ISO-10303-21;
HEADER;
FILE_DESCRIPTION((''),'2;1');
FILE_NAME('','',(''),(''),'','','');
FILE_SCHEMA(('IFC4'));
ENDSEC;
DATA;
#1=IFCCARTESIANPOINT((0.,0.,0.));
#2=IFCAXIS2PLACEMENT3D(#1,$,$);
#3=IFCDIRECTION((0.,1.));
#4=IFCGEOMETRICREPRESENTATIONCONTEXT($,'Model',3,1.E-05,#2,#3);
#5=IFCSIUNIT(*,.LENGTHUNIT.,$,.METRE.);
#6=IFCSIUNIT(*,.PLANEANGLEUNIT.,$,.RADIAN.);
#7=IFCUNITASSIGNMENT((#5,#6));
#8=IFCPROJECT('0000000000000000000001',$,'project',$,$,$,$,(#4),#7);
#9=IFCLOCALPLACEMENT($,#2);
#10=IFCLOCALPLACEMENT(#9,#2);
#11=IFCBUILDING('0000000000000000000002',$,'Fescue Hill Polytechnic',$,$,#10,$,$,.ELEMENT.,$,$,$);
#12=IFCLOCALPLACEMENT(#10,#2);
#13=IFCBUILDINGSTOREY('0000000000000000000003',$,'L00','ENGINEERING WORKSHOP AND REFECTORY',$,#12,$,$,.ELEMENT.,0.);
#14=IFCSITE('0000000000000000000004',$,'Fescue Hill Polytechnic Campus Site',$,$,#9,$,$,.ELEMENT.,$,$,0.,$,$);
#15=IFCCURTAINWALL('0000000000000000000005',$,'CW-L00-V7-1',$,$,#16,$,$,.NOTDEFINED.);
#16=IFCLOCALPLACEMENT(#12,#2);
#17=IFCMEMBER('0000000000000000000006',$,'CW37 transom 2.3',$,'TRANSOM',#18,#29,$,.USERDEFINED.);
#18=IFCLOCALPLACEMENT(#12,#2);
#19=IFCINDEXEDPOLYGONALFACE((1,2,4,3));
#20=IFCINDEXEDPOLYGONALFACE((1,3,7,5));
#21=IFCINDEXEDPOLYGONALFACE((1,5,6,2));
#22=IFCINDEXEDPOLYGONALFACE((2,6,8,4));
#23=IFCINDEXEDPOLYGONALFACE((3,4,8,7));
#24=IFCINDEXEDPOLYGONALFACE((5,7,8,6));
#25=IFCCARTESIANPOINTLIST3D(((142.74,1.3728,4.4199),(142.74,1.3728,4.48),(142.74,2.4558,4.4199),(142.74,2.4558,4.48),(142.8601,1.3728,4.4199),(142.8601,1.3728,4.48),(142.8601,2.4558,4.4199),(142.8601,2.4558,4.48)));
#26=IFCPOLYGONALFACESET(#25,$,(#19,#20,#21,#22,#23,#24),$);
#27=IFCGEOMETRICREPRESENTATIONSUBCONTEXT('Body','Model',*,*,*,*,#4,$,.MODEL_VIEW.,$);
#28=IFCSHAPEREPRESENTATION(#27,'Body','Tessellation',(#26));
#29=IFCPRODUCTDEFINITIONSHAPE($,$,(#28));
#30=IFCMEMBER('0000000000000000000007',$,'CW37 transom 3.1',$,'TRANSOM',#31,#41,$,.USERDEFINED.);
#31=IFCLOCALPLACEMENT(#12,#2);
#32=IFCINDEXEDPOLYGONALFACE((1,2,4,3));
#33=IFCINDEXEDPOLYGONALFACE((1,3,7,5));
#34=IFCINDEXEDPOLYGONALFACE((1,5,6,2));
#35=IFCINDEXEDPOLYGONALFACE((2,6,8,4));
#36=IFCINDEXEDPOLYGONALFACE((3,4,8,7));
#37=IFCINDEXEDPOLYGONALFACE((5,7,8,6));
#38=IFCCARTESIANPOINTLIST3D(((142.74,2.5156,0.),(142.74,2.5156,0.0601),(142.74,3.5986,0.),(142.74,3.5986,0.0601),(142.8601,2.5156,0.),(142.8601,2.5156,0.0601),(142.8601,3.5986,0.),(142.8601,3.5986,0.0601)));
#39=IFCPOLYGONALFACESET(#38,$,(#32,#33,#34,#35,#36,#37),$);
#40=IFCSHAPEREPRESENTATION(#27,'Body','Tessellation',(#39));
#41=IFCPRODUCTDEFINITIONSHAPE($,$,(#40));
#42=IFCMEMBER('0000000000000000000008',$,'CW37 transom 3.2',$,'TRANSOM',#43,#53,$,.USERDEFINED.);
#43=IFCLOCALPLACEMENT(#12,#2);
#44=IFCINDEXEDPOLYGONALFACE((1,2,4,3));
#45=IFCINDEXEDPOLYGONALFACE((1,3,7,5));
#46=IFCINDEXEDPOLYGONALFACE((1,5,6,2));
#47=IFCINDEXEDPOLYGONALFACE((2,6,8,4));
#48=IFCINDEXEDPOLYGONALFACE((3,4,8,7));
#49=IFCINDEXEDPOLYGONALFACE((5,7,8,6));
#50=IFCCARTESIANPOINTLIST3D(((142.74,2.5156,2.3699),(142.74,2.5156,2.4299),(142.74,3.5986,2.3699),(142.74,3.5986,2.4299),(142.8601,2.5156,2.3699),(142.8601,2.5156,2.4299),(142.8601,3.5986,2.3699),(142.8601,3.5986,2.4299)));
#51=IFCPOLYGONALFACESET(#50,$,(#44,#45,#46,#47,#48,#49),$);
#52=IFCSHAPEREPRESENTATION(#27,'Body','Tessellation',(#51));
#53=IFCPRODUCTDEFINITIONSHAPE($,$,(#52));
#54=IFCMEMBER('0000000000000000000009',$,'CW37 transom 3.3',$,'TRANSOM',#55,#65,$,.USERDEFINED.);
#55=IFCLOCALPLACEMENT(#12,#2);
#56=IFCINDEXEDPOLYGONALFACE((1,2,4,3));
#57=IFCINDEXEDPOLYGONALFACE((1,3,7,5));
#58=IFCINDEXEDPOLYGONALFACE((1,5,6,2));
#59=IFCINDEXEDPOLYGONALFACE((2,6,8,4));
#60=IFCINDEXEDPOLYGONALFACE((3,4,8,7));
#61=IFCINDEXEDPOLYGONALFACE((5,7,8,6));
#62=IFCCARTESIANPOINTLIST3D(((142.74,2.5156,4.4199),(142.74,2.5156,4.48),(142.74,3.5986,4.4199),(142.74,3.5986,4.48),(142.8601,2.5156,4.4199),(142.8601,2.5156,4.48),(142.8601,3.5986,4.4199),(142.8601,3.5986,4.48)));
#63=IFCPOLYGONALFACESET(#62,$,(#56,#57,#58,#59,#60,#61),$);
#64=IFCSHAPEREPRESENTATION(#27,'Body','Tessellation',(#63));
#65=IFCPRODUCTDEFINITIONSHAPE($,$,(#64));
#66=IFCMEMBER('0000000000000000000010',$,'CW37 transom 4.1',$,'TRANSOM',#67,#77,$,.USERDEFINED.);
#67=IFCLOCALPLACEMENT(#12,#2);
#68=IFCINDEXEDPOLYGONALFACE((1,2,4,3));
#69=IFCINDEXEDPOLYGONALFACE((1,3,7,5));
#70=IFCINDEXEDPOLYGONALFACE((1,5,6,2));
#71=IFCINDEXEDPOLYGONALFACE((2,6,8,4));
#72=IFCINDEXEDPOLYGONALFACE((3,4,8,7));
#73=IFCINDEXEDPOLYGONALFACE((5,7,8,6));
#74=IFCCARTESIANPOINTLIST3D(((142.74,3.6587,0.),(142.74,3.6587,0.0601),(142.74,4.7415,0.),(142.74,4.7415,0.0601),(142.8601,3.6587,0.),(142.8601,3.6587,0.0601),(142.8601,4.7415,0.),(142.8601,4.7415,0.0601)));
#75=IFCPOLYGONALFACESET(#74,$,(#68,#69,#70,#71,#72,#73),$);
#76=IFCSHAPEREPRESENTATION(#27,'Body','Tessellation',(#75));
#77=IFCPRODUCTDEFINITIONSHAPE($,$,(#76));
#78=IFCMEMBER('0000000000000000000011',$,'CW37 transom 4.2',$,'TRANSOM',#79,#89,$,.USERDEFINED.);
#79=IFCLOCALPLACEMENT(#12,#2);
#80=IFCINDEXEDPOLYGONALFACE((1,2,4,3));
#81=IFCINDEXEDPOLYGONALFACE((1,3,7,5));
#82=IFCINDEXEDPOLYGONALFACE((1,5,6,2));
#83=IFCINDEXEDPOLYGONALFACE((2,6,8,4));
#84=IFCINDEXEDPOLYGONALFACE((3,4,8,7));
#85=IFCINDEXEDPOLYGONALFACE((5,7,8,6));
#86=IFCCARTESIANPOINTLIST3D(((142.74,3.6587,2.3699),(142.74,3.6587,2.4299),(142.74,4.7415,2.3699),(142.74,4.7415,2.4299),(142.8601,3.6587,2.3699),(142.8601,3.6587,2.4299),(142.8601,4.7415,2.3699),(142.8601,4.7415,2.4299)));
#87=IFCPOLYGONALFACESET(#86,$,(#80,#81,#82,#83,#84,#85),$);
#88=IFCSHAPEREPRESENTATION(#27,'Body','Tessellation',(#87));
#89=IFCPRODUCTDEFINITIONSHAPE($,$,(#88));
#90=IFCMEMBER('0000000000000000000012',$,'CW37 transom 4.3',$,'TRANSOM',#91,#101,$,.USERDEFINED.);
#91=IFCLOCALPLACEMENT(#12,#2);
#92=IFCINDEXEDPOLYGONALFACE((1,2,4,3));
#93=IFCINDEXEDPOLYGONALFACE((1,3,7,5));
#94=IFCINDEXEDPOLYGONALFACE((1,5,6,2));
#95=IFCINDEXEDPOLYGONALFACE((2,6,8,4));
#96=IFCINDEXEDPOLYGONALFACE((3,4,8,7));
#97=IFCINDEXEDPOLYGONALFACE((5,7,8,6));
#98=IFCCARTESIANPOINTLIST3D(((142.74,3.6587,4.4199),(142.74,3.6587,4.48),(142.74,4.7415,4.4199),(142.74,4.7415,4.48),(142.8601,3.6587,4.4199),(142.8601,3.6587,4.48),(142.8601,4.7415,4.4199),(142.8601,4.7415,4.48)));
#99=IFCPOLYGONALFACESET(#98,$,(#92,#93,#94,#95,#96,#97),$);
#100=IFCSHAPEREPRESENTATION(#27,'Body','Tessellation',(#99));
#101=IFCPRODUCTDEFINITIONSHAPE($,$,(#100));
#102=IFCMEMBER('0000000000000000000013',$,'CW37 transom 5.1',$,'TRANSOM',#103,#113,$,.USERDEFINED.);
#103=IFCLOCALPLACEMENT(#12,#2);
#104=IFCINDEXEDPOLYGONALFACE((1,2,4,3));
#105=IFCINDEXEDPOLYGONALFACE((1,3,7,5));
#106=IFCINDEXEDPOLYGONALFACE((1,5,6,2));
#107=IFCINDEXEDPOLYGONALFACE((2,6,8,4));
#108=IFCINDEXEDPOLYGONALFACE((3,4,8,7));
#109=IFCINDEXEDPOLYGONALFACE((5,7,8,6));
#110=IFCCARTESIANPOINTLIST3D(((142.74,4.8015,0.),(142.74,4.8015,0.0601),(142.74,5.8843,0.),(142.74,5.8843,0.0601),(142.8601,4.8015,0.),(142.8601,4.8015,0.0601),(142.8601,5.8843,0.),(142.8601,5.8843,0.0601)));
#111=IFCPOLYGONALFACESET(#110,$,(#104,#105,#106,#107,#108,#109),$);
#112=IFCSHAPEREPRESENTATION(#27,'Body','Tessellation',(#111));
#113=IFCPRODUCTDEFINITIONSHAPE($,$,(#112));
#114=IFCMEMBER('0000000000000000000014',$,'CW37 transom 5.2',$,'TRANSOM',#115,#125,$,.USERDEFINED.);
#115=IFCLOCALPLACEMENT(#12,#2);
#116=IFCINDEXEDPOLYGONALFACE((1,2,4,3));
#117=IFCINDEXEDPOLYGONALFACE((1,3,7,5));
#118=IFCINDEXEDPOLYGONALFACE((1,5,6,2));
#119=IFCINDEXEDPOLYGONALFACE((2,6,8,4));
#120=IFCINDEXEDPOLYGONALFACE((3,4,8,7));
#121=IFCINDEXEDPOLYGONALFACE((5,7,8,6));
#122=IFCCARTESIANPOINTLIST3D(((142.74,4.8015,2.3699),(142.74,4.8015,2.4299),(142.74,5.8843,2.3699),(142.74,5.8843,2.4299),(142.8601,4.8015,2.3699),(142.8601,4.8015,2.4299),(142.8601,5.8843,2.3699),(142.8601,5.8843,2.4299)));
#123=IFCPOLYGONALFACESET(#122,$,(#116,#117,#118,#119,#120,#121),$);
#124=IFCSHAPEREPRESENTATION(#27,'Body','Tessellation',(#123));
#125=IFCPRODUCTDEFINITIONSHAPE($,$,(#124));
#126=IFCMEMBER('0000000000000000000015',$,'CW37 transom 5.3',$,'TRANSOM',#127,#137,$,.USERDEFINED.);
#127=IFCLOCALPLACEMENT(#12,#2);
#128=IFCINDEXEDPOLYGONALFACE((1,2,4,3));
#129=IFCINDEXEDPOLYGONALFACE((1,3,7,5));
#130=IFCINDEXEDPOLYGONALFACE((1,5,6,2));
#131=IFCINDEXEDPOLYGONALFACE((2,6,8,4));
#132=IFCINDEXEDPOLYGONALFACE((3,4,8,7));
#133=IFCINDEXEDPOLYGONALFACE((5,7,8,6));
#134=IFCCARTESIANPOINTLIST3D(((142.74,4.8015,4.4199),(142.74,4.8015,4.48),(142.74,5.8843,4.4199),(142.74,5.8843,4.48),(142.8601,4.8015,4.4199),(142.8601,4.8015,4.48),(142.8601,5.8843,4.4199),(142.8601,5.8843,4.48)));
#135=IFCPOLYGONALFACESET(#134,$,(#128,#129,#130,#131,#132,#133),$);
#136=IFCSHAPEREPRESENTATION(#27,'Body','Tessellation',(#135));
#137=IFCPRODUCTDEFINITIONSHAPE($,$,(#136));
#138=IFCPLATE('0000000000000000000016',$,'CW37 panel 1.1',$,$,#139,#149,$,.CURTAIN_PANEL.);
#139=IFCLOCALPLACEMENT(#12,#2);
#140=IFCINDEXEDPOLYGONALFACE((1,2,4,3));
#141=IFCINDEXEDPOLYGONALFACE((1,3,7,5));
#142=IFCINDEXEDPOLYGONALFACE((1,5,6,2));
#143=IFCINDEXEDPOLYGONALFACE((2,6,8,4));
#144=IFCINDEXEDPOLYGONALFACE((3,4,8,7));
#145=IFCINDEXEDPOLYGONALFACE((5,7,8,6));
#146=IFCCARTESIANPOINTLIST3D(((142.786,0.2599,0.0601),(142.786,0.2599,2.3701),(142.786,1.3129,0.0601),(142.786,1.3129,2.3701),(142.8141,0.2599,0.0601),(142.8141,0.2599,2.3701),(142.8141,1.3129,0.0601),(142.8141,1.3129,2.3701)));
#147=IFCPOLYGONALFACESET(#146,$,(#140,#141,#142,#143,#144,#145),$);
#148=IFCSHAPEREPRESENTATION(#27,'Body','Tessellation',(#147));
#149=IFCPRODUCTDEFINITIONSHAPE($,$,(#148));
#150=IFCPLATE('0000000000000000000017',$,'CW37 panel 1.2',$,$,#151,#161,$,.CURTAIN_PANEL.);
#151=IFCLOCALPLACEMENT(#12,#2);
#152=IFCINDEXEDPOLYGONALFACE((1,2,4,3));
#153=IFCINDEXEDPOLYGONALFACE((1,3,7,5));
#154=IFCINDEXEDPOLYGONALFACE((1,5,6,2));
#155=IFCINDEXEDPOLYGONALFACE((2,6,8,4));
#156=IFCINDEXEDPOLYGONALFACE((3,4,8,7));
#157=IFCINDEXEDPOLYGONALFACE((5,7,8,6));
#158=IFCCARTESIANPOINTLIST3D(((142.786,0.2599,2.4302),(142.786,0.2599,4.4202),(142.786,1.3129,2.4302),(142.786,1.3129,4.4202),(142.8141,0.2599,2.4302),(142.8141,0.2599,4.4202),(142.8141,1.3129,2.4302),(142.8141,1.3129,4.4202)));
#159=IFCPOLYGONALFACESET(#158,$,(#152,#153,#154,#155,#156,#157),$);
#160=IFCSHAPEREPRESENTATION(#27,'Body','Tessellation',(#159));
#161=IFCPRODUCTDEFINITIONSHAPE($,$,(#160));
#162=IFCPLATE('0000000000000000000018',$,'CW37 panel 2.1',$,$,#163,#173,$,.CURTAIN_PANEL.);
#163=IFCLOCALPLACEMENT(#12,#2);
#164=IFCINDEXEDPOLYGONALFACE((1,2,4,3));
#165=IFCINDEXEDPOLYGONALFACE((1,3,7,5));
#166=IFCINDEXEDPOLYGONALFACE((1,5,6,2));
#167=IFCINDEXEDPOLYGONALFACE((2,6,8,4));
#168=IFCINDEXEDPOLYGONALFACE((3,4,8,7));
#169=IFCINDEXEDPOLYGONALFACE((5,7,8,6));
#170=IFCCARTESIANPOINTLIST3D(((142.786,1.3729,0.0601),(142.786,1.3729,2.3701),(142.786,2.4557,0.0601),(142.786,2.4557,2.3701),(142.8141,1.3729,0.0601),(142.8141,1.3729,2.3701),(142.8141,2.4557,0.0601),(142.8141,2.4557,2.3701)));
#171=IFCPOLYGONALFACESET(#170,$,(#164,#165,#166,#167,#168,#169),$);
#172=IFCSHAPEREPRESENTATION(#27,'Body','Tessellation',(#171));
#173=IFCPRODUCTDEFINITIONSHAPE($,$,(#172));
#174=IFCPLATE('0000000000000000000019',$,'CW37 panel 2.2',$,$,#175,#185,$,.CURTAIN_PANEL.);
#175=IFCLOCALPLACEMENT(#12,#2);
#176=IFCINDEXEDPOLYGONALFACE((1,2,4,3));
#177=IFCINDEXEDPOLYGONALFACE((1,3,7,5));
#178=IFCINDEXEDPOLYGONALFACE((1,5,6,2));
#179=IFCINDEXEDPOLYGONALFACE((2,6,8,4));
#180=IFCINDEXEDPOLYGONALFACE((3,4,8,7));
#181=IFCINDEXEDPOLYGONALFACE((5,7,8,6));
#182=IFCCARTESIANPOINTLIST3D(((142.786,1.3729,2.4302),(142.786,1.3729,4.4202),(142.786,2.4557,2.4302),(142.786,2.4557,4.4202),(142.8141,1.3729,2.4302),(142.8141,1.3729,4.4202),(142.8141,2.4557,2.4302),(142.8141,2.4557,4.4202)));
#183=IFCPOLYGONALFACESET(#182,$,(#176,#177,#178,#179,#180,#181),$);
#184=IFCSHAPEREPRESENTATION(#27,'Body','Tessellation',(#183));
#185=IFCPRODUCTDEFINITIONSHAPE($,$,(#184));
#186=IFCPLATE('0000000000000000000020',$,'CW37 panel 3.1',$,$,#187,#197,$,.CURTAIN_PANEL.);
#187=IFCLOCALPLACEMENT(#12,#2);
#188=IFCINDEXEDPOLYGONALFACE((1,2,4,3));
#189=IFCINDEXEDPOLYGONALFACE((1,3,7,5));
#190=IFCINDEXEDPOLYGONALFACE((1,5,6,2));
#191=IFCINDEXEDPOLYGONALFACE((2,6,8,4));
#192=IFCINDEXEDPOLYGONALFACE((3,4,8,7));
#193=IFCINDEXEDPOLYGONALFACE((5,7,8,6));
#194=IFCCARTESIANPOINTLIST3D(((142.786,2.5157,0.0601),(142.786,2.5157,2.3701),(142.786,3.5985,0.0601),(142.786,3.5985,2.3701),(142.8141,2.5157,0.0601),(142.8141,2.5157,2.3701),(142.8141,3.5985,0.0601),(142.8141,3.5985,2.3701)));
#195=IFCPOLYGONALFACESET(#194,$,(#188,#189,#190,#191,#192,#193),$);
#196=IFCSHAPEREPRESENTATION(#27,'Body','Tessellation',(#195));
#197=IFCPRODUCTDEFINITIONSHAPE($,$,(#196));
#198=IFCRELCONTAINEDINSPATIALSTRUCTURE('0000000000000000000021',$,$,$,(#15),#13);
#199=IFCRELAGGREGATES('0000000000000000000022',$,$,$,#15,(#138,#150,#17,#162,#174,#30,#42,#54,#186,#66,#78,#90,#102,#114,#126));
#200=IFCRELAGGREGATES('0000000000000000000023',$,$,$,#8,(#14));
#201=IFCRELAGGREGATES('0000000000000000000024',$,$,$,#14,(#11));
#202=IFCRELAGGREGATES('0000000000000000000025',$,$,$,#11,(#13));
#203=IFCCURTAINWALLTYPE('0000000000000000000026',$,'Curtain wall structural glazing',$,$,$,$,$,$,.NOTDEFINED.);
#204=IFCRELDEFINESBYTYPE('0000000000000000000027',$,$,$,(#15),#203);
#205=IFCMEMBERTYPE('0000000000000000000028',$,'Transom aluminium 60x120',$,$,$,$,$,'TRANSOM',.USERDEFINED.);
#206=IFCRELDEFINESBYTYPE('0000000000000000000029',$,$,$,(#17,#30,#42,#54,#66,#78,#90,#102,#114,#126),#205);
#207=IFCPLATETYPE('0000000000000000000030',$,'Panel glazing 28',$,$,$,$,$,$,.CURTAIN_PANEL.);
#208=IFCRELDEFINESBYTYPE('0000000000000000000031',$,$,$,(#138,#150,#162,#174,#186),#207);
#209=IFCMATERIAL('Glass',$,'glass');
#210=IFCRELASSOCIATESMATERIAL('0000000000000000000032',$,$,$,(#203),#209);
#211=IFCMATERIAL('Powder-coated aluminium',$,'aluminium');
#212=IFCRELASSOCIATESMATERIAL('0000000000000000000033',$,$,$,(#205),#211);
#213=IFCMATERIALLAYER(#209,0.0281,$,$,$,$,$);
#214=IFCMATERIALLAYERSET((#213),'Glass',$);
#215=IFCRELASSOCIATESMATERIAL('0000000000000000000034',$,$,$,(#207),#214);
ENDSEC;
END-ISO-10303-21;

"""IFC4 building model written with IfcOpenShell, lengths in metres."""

from ifc_helpers import new_model, si_unit, direction, frame, origin, origin_2d, place, context, subcontext, project, spatial, rectangle, extrude, material, layer, layer_set, material_profile, profile_set, type_object, element, aggregate, save


model = new_model("IFC4")

# Units and contexts
model_context = context("Model", 3, precision=1e-05, world=origin(), true_north=direction((0.0, 1.0)))
body_context = subcontext(model_context, "Body", "Model", "MODEL_VIEW")
ifc_project = project(units=[si_unit("LENGTHUNIT", "METRE"), si_unit("PLANEANGLEUNIT", "RADIAN")], contexts=[model_context])

# Site, building, storey
site_placement = place(None, origin())
site = spatial("IfcSite", under=ifc_project, at=site_placement, Name="Fescue Hill Polytechnic Campus Site", CompositionType="ELEMENT", RefElevation=0.0)
building_placement = place(site_placement, origin())
building = spatial("IfcBuilding", under=site, at=building_placement, Name="Fescue Hill Polytechnic", CompositionType="ELEMENT")
storey_placement = place(building_placement, origin())
storey = spatial("IfcBuildingStorey", under=building, at=storey_placement, Name="L00", Description="ENGINEERING WORKSHOP AND REFECTORY", CompositionType="ELEMENT", Elevation=0.0)

# Curtain wall
ifc_material_1 = material(Name="Glass", Category="glass")
curtain_wall_type_1 = type_object("IfcCurtainWallType", Name="Curtain wall structural glazing", PredefinedType="NOTDEFINED", material=ifc_material_1)
curtain_wall_1_placement = place(storey_placement, origin())
curtain_wall_1 = element("IfcCurtainWall", 1, at=curtain_wall_1_placement, inside=storey, type_object=curtain_wall_type_1, Name="CW-L00-V7-1", PredefinedType="NOTDEFINED")
ifc_material_2 = material(Name="Powder-coated aluminium", Category="aluminium")

# Members
ifc_material_profile_1 = material_profile(ifc_material_2, rectangle(XDim=0.1201, YDim=0.0601, at=origin_2d()), Name="Transom aluminium 60x120")
ifc_profile_set_1 = profile_set([ifc_material_profile_1], Name="Powder-coated aluminium")
member_type_1 = type_object("IfcMemberType", Name="Transom aluminium 60x120", ElementType="TRANSOM", PredefinedType="USERDEFINED", material=ifc_profile_set_1)
member_1_placement = place(storey_placement, frame((142.8, 1.3728, 4.45), z_axis=(0.0, 1.0, 0.0), x_axis=(-1.0, 0.0, 0.0)))
member_1 = element("IfcMember", 2, at=member_1_placement, type_object=member_type_1, Name="CW37 transom 2.3", ObjectType="TRANSOM", PredefinedType="USERDEFINED", context=body_context, shape_type="SweptSolid", body=[
    extrude(rectangle(XDim=0.1201, YDim=0.0601, at=origin_2d()), origin(), (0.0, 0.0, 1.0), 1.083),
])
member_2_placement = place(storey_placement, frame((142.8, 2.5156, 0.03), z_axis=(0.0, 1.0, 0.0), x_axis=(-1.0, 0.0, 0.0)))
member_2 = element("IfcMember", 3, at=member_2_placement, type_object=member_type_1, Name="CW37 transom 3.1", ObjectType="TRANSOM", PredefinedType="USERDEFINED", context=body_context, shape_type="SweptSolid", body=[
    extrude(rectangle(XDim=0.1201, YDim=0.0601, at=origin_2d()), origin(), (0.0, 0.0, 1.0), 1.083),
])
member_3_placement = place(storey_placement, frame((142.8, 2.5156, 2.3999), z_axis=(0.0, 1.0, 0.0), x_axis=(-1.0, 0.0, 0.0)))
member_3 = element("IfcMember", 4, at=member_3_placement, type_object=member_type_1, Name="CW37 transom 3.2", ObjectType="TRANSOM", PredefinedType="USERDEFINED", context=body_context, shape_type="SweptSolid", body=[
    extrude(rectangle(XDim=0.1201, YDim=0.0601, at=origin_2d()), origin(), (0.0, 0.0, 1.0), 1.083),
])
member_4_placement = place(storey_placement, frame((142.8, 2.5156, 4.45), z_axis=(0.0, 1.0, 0.0), x_axis=(-1.0, 0.0, 0.0)))
member_4 = element("IfcMember", 5, at=member_4_placement, type_object=member_type_1, Name="CW37 transom 3.3", ObjectType="TRANSOM", PredefinedType="USERDEFINED", context=body_context, shape_type="SweptSolid", body=[
    extrude(rectangle(XDim=0.1201, YDim=0.0601, at=origin_2d()), origin(), (0.0, 0.0, 1.0), 1.083),
])
member_5_placement = place(storey_placement, frame((142.8, 3.6587, 0.03), z_axis=(0.0, 1.0, 0.0), x_axis=(-1.0, 0.0, 0.0)))
member_5 = element("IfcMember", 6, at=member_5_placement, type_object=member_type_1, Name="CW37 transom 4.1", ObjectType="TRANSOM", PredefinedType="USERDEFINED", context=body_context, shape_type="SweptSolid", body=[
    extrude(rectangle(XDim=0.1201, YDim=0.0601, at=origin_2d()), origin(), (0.0, 0.0, 1.0), 1.0828),
])
member_6_placement = place(storey_placement, frame((142.8, 3.6587, 2.3999), z_axis=(0.0, 1.0, 0.0), x_axis=(-1.0, 0.0, 0.0)))
member_6 = element("IfcMember", 7, at=member_6_placement, type_object=member_type_1, Name="CW37 transom 4.2", ObjectType="TRANSOM", PredefinedType="USERDEFINED", context=body_context, shape_type="SweptSolid", body=[
    extrude(rectangle(XDim=0.1201, YDim=0.0601, at=origin_2d()), origin(), (0.0, 0.0, 1.0), 1.0828),
])
member_7_placement = place(storey_placement, frame((142.8, 3.6587, 4.45), z_axis=(0.0, 1.0, 0.0), x_axis=(-1.0, 0.0, 0.0)))
member_7 = element("IfcMember", 8, at=member_7_placement, type_object=member_type_1, Name="CW37 transom 4.3", ObjectType="TRANSOM", PredefinedType="USERDEFINED", context=body_context, shape_type="SweptSolid", body=[
    extrude(rectangle(XDim=0.1201, YDim=0.0601, at=origin_2d()), origin(), (0.0, 0.0, 1.0), 1.0828),
])
member_8_placement = place(storey_placement, frame((142.8, 4.8015, 0.03), z_axis=(0.0, 1.0, 0.0), x_axis=(-1.0, 0.0, 0.0)))
member_8 = element("IfcMember", 9, at=member_8_placement, type_object=member_type_1, Name="CW37 transom 5.1", ObjectType="TRANSOM", PredefinedType="USERDEFINED", context=body_context, shape_type="SweptSolid", body=[
    extrude(rectangle(XDim=0.1201, YDim=0.0601, at=origin_2d()), origin(), (0.0, 0.0, 1.0), 1.0828),
])
member_9_placement = place(storey_placement, frame((142.8, 4.8015, 2.3999), z_axis=(0.0, 1.0, 0.0), x_axis=(-1.0, 0.0, 0.0)))
member_9 = element("IfcMember", 10, at=member_9_placement, type_object=member_type_1, Name="CW37 transom 5.2", ObjectType="TRANSOM", PredefinedType="USERDEFINED", context=body_context, shape_type="SweptSolid", body=[
    extrude(rectangle(XDim=0.1201, YDim=0.0601, at=origin_2d()), origin(), (0.0, 0.0, 1.0), 1.0828),
])
member_10_placement = place(storey_placement, frame((142.8, 4.8015, 4.45), z_axis=(0.0, 1.0, 0.0), x_axis=(-1.0, 0.0, 0.0)))
member_10 = element("IfcMember", 11, at=member_10_placement, type_object=member_type_1, Name="CW37 transom 5.3", ObjectType="TRANSOM", PredefinedType="USERDEFINED", context=body_context, shape_type="SweptSolid", body=[
    extrude(rectangle(XDim=0.1201, YDim=0.0601, at=origin_2d()), origin(), (0.0, 0.0, 1.0), 1.0828),
])

# Plates
ifc_layer_1 = layer(ifc_material_1, 0.0281)
ifc_layer_set_1 = layer_set([ifc_layer_1], Name="Glass")
plate_type = type_object("IfcPlateType", Name="Panel glazing 28", PredefinedType="CURTAIN_PANEL", material=ifc_layer_set_1)
plate_1_placement = place(storey_placement, frame((142.8, 0.7864, 0.0601), z_axis=(0.0, 0.0, 1.0), x_axis=(0.0, 1.0, 0.0)))
plate_1 = element("IfcPlate", 12, at=plate_1_placement, type_object=plate_type, Name="CW37 panel 1.1", PredefinedType="CURTAIN_PANEL", context=body_context, shape_type="SweptSolid", body=[
    extrude(rectangle(XDim=1.053, YDim=0.0281, at=origin_2d()), origin(), (0.0, 0.0, 1.0), 2.3101),
])
plate_2_placement = place(storey_placement, frame((142.8, 0.7864, 2.4302), z_axis=(0.0, 0.0, 1.0), x_axis=(0.0, 1.0, 0.0)))
plate_2 = element("IfcPlate", 13, at=plate_2_placement, type_object=plate_type, Name="CW37 panel 1.2", PredefinedType="CURTAIN_PANEL", context=body_context, shape_type="SweptSolid", body=[
    extrude(rectangle(XDim=1.053, YDim=0.0281, at=origin_2d()), origin(), (0.0, 0.0, 1.0), 1.99),
])
plate_3_placement = place(storey_placement, frame((142.8, 1.9143, 0.0601), z_axis=(0.0, 0.0, 1.0), x_axis=(0.0, 1.0, 0.0)))
plate_3 = element("IfcPlate", 14, at=plate_3_placement, type_object=plate_type, Name="CW37 panel 2.1", PredefinedType="CURTAIN_PANEL", context=body_context, shape_type="SweptSolid", body=[
    extrude(rectangle(XDim=1.0828, YDim=0.0281, at=origin_2d()), origin(), (0.0, 0.0, 1.0), 2.3101),
])
plate_4_placement = place(storey_placement, frame((142.8, 1.9143, 2.4302), z_axis=(0.0, 0.0, 1.0), x_axis=(0.0, 1.0, 0.0)))
plate_4 = element("IfcPlate", 15, at=plate_4_placement, type_object=plate_type, Name="CW37 panel 2.2", PredefinedType="CURTAIN_PANEL", context=body_context, shape_type="SweptSolid", body=[
    extrude(rectangle(XDim=1.0828, YDim=0.0281, at=origin_2d()), origin(), (0.0, 0.0, 1.0), 1.99),
])
plate_5_placement = place(storey_placement, frame((142.8, 3.0571, 0.0601), z_axis=(0.0, 0.0, 1.0), x_axis=(0.0, 1.0, 0.0)))
plate_5 = element("IfcPlate", 16, at=plate_5_placement, type_object=plate_type, Name="CW37 panel 3.1", PredefinedType="CURTAIN_PANEL", context=body_context, shape_type="SweptSolid", body=[
    extrude(rectangle(XDim=1.0828, YDim=0.0281, at=origin_2d()), origin(), (0.0, 0.0, 1.0), 2.3101),
])
aggregate(curtain_wall_1, [plate_1, plate_2, member_1, plate_3, plate_4, member_2, member_3, member_4, plate_5, member_5, member_6, member_7, member_8, member_9, member_10])

save(model, "model.ifc")
